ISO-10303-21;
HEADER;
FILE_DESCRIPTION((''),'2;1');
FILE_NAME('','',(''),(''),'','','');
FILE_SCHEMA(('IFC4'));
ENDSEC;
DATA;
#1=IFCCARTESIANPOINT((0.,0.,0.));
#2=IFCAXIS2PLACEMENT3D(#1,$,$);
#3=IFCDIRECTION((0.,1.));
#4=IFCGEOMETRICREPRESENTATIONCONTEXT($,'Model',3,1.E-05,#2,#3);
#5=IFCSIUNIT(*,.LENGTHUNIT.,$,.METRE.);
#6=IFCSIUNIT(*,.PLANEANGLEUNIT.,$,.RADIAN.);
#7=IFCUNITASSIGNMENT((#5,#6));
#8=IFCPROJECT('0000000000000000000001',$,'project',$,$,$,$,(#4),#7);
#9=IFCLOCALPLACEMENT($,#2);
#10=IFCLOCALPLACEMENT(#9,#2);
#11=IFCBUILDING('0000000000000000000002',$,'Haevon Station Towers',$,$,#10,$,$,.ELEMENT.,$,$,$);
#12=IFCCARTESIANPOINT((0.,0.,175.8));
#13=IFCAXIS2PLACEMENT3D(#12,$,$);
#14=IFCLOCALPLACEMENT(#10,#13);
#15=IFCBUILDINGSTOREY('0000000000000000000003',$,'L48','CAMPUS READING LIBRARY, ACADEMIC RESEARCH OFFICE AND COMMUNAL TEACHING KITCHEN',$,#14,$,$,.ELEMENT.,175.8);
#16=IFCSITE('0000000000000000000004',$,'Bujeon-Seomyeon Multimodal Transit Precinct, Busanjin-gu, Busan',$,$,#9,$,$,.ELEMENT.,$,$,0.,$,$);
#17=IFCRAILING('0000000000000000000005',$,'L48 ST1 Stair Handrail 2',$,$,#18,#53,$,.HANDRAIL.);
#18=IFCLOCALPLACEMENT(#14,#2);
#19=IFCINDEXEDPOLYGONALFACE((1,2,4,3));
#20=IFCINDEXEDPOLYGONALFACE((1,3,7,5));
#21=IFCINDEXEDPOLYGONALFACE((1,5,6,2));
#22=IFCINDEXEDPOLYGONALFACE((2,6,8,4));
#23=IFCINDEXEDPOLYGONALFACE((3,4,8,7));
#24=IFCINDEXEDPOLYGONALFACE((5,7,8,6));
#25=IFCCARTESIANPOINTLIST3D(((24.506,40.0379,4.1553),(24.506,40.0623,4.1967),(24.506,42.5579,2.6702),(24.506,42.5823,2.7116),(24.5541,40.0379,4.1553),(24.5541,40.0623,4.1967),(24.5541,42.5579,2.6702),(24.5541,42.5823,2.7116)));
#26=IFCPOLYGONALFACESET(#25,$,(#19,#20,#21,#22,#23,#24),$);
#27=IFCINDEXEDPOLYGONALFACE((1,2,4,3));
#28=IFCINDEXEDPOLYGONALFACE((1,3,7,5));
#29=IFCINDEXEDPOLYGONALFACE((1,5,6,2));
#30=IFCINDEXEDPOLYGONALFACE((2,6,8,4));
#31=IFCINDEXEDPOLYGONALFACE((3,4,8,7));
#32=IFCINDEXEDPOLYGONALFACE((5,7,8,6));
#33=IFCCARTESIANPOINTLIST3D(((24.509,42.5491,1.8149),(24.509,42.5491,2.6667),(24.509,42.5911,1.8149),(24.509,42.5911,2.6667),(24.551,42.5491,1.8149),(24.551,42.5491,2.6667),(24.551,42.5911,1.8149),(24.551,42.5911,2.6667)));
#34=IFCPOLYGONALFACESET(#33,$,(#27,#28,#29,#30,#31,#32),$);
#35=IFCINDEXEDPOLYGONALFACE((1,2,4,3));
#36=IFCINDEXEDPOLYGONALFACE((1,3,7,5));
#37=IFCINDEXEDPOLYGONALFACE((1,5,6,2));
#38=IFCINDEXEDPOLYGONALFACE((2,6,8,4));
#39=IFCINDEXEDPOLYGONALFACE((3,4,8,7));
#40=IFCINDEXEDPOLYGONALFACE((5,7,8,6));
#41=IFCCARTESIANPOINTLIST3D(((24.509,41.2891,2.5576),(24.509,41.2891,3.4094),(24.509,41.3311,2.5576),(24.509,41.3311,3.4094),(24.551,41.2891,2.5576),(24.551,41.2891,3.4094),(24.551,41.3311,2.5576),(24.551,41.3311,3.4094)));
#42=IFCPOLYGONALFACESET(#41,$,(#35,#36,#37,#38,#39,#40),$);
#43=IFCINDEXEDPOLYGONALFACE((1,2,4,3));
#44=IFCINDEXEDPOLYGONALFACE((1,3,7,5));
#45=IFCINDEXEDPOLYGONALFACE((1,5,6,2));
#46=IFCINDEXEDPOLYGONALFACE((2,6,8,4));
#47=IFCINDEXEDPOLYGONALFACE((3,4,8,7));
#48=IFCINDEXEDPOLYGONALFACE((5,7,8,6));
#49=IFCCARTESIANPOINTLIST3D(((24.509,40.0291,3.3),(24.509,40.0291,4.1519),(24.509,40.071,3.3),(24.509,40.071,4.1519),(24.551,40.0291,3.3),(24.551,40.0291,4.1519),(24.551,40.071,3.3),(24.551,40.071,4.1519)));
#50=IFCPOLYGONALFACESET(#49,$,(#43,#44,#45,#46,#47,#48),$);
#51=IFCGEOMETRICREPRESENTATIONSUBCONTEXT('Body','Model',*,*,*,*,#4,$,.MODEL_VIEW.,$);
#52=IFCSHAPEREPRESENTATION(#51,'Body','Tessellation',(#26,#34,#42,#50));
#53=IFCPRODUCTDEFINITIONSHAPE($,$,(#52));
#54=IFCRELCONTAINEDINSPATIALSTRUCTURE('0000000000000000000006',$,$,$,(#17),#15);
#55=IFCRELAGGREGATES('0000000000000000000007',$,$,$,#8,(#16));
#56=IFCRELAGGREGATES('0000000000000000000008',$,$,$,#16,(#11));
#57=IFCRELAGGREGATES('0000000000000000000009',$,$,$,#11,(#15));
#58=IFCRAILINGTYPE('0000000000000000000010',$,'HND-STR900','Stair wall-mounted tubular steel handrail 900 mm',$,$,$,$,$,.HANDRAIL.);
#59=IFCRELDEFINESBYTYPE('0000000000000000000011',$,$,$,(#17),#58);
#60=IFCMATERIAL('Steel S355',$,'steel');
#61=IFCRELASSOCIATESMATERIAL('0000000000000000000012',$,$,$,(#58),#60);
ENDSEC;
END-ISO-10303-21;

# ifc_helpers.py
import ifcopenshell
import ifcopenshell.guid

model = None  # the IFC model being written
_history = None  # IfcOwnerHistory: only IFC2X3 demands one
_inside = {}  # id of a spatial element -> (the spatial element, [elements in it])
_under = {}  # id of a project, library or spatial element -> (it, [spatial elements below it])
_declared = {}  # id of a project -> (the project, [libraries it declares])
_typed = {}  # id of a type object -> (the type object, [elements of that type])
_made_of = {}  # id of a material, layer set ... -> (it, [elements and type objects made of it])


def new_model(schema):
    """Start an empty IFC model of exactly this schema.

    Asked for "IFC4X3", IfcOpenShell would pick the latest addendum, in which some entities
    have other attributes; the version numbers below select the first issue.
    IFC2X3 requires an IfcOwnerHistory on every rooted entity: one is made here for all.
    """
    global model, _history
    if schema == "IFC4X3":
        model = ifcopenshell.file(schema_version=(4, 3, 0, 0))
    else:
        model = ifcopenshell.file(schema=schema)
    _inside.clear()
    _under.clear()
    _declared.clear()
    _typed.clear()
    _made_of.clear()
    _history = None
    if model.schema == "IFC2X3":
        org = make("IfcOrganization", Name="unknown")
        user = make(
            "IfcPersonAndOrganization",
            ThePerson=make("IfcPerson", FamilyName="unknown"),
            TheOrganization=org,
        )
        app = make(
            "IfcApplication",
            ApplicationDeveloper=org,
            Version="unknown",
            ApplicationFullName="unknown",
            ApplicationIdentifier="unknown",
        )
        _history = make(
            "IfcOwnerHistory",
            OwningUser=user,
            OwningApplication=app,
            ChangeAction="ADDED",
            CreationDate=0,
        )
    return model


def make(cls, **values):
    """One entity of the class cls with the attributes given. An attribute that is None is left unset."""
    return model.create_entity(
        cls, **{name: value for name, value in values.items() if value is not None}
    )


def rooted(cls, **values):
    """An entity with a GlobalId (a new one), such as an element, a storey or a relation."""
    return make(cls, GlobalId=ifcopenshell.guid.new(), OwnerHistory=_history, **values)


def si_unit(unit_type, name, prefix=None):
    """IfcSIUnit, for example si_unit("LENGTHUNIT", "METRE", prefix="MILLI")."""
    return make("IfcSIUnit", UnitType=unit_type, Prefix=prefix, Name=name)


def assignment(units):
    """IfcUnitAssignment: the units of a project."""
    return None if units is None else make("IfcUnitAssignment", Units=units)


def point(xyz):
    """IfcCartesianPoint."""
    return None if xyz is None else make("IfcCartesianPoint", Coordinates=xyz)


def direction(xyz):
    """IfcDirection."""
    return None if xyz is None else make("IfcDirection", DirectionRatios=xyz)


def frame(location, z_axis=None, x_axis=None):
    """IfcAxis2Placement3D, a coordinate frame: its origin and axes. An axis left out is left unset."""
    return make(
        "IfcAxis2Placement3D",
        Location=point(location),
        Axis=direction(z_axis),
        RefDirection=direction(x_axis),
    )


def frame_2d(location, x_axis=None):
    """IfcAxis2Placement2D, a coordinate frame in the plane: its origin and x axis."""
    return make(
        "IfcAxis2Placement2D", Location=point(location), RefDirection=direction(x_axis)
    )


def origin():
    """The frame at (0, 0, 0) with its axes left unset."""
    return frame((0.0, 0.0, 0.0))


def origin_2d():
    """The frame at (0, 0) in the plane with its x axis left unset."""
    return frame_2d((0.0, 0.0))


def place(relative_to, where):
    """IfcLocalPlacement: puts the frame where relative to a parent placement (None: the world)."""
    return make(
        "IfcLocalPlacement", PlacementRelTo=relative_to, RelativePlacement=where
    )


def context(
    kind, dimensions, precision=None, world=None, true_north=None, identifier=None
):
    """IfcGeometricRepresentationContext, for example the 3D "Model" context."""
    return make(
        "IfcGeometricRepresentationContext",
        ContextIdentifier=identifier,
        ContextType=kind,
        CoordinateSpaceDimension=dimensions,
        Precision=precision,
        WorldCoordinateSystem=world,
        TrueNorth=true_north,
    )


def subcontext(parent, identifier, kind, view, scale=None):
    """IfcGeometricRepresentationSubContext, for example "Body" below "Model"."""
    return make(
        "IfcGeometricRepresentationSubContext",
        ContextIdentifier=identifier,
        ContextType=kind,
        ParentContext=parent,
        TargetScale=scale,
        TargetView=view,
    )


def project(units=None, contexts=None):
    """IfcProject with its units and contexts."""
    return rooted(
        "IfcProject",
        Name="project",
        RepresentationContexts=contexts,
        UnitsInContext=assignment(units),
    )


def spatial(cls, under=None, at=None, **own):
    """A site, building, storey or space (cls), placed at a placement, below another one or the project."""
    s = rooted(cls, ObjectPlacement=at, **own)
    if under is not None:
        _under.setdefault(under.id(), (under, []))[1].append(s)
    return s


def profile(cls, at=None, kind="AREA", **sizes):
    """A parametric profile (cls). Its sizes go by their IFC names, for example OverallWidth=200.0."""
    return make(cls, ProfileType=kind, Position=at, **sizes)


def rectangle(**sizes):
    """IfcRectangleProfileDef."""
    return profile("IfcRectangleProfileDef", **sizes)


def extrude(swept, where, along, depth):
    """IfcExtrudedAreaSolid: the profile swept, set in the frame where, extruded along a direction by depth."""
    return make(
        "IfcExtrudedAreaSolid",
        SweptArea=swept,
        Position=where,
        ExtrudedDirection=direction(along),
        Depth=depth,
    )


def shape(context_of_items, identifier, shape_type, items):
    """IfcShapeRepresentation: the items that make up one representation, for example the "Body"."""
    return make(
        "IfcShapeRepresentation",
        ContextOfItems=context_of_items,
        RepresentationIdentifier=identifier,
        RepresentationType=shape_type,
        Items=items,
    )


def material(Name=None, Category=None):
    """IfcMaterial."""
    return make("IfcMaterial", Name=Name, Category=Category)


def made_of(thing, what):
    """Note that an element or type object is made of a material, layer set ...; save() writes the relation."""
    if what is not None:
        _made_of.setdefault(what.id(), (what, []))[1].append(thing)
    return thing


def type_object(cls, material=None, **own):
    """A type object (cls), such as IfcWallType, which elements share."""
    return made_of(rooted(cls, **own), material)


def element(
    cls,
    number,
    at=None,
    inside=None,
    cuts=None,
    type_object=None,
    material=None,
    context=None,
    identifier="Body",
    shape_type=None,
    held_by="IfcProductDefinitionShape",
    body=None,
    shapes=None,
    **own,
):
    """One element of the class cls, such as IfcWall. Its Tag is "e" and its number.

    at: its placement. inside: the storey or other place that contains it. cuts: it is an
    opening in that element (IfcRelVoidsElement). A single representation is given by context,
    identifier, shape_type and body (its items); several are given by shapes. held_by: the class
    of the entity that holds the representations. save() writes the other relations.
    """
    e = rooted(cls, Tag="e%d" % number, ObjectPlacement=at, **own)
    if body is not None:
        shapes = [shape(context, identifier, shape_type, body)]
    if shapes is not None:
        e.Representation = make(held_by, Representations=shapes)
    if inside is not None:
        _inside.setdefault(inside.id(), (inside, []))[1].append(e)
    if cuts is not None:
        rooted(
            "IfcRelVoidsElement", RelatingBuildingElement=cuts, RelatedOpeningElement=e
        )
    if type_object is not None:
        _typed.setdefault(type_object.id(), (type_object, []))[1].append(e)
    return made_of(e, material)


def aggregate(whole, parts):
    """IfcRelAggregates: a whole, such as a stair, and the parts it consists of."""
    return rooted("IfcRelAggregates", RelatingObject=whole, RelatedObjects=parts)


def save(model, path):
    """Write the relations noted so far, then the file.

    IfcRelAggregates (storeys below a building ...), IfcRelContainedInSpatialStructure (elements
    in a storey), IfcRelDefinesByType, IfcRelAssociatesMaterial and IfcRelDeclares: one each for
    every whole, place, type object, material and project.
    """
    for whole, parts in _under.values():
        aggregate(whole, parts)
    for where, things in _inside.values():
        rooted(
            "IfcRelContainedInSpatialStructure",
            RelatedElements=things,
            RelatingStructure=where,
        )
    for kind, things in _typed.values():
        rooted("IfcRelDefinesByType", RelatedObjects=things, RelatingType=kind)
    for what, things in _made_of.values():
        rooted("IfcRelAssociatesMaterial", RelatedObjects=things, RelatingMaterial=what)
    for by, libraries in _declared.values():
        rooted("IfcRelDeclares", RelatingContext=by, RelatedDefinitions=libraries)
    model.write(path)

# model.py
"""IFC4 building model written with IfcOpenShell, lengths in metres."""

from ifc_helpers import new_model, si_unit, direction, frame, origin, origin_2d, place, context, subcontext, project, spatial, rectangle, extrude, material, type_object, element, save


model = new_model("IFC4")

# Units and contexts
model_context = context("Model", 3, precision=1e-05, world=origin(), true_north=direction((0.0, 1.0)))
body_context = subcontext(model_context, "Body", "Model", "MODEL_VIEW")
ifc_project = project(units=[si_unit("LENGTHUNIT", "METRE"), si_unit("PLANEANGLEUNIT", "RADIAN")], contexts=[model_context])

# Site, building, storey
site_placement = place(None, origin())
site = spatial("IfcSite", under=ifc_project, at=site_placement, Name="Bujeon-Seomyeon Multimodal Transit Precinct, Busanjin-gu, Busan", CompositionType="ELEMENT", RefElevation=0.0)
building_placement = place(site_placement, origin())
building = spatial("IfcBuilding", under=site, at=building_placement, Name="Haevon Station Towers", CompositionType="ELEMENT")
storey_placement = place(building_placement, frame((0.0, 0.0, 175.8)))
storey = spatial("IfcBuildingStorey", under=building, at=storey_placement, Name="L48", Description="CAMPUS READING LIBRARY, ACADEMIC RESEARCH OFFICE AND COMMUNAL TEACHING KITCHEN", CompositionType="ELEMENT", Elevation=175.8)

# Shared definitions
ifc_material_1 = material(Name="Steel S355", Category="steel")

# Railing
railing_type_1 = type_object("IfcRailingType", Name="HND-STR900", Description="Stair wall-mounted tubular steel handrail 900 mm", PredefinedType="HANDRAIL", material=ifc_material_1)
railing_1_placement = place(storey_placement, frame((24.53, 42.5701, 1.8149)))
element("IfcRailing", 1, at=railing_1_placement, inside=storey, type_object=railing_type_1, Name="L48 ST1 Stair Handrail 2", PredefinedType="HANDRAIL", context=body_context, shape_type="SweptSolid", body=[
    extrude(rectangle(XDim=0.0481, YDim=0.0481, at=origin_2d()), frame((0.0, 0.0, 0.876), z_axis=(0.0, -0.861524, 0.507717), x_axis=(1.0, 0.0, 0.0)), (0.0, 0.0, 1.0), 2.925),
    extrude(rectangle(XDim=0.042, YDim=0.042, at=origin_2d()), origin(), (0.0, 0.0, 1.0), 0.8518),
    extrude(rectangle(XDim=0.042, YDim=0.042, at=origin_2d()), frame((0.0, -1.26, 0.7427)), (0.0, 0.0, 1.0), 0.8518),
    extrude(rectangle(XDim=0.042, YDim=0.042, at=origin_2d()), frame((0.0, -2.52, 1.4851)), (0.0, 0.0, 1.0), 0.8518),
])

save(model, "model.ifc")
